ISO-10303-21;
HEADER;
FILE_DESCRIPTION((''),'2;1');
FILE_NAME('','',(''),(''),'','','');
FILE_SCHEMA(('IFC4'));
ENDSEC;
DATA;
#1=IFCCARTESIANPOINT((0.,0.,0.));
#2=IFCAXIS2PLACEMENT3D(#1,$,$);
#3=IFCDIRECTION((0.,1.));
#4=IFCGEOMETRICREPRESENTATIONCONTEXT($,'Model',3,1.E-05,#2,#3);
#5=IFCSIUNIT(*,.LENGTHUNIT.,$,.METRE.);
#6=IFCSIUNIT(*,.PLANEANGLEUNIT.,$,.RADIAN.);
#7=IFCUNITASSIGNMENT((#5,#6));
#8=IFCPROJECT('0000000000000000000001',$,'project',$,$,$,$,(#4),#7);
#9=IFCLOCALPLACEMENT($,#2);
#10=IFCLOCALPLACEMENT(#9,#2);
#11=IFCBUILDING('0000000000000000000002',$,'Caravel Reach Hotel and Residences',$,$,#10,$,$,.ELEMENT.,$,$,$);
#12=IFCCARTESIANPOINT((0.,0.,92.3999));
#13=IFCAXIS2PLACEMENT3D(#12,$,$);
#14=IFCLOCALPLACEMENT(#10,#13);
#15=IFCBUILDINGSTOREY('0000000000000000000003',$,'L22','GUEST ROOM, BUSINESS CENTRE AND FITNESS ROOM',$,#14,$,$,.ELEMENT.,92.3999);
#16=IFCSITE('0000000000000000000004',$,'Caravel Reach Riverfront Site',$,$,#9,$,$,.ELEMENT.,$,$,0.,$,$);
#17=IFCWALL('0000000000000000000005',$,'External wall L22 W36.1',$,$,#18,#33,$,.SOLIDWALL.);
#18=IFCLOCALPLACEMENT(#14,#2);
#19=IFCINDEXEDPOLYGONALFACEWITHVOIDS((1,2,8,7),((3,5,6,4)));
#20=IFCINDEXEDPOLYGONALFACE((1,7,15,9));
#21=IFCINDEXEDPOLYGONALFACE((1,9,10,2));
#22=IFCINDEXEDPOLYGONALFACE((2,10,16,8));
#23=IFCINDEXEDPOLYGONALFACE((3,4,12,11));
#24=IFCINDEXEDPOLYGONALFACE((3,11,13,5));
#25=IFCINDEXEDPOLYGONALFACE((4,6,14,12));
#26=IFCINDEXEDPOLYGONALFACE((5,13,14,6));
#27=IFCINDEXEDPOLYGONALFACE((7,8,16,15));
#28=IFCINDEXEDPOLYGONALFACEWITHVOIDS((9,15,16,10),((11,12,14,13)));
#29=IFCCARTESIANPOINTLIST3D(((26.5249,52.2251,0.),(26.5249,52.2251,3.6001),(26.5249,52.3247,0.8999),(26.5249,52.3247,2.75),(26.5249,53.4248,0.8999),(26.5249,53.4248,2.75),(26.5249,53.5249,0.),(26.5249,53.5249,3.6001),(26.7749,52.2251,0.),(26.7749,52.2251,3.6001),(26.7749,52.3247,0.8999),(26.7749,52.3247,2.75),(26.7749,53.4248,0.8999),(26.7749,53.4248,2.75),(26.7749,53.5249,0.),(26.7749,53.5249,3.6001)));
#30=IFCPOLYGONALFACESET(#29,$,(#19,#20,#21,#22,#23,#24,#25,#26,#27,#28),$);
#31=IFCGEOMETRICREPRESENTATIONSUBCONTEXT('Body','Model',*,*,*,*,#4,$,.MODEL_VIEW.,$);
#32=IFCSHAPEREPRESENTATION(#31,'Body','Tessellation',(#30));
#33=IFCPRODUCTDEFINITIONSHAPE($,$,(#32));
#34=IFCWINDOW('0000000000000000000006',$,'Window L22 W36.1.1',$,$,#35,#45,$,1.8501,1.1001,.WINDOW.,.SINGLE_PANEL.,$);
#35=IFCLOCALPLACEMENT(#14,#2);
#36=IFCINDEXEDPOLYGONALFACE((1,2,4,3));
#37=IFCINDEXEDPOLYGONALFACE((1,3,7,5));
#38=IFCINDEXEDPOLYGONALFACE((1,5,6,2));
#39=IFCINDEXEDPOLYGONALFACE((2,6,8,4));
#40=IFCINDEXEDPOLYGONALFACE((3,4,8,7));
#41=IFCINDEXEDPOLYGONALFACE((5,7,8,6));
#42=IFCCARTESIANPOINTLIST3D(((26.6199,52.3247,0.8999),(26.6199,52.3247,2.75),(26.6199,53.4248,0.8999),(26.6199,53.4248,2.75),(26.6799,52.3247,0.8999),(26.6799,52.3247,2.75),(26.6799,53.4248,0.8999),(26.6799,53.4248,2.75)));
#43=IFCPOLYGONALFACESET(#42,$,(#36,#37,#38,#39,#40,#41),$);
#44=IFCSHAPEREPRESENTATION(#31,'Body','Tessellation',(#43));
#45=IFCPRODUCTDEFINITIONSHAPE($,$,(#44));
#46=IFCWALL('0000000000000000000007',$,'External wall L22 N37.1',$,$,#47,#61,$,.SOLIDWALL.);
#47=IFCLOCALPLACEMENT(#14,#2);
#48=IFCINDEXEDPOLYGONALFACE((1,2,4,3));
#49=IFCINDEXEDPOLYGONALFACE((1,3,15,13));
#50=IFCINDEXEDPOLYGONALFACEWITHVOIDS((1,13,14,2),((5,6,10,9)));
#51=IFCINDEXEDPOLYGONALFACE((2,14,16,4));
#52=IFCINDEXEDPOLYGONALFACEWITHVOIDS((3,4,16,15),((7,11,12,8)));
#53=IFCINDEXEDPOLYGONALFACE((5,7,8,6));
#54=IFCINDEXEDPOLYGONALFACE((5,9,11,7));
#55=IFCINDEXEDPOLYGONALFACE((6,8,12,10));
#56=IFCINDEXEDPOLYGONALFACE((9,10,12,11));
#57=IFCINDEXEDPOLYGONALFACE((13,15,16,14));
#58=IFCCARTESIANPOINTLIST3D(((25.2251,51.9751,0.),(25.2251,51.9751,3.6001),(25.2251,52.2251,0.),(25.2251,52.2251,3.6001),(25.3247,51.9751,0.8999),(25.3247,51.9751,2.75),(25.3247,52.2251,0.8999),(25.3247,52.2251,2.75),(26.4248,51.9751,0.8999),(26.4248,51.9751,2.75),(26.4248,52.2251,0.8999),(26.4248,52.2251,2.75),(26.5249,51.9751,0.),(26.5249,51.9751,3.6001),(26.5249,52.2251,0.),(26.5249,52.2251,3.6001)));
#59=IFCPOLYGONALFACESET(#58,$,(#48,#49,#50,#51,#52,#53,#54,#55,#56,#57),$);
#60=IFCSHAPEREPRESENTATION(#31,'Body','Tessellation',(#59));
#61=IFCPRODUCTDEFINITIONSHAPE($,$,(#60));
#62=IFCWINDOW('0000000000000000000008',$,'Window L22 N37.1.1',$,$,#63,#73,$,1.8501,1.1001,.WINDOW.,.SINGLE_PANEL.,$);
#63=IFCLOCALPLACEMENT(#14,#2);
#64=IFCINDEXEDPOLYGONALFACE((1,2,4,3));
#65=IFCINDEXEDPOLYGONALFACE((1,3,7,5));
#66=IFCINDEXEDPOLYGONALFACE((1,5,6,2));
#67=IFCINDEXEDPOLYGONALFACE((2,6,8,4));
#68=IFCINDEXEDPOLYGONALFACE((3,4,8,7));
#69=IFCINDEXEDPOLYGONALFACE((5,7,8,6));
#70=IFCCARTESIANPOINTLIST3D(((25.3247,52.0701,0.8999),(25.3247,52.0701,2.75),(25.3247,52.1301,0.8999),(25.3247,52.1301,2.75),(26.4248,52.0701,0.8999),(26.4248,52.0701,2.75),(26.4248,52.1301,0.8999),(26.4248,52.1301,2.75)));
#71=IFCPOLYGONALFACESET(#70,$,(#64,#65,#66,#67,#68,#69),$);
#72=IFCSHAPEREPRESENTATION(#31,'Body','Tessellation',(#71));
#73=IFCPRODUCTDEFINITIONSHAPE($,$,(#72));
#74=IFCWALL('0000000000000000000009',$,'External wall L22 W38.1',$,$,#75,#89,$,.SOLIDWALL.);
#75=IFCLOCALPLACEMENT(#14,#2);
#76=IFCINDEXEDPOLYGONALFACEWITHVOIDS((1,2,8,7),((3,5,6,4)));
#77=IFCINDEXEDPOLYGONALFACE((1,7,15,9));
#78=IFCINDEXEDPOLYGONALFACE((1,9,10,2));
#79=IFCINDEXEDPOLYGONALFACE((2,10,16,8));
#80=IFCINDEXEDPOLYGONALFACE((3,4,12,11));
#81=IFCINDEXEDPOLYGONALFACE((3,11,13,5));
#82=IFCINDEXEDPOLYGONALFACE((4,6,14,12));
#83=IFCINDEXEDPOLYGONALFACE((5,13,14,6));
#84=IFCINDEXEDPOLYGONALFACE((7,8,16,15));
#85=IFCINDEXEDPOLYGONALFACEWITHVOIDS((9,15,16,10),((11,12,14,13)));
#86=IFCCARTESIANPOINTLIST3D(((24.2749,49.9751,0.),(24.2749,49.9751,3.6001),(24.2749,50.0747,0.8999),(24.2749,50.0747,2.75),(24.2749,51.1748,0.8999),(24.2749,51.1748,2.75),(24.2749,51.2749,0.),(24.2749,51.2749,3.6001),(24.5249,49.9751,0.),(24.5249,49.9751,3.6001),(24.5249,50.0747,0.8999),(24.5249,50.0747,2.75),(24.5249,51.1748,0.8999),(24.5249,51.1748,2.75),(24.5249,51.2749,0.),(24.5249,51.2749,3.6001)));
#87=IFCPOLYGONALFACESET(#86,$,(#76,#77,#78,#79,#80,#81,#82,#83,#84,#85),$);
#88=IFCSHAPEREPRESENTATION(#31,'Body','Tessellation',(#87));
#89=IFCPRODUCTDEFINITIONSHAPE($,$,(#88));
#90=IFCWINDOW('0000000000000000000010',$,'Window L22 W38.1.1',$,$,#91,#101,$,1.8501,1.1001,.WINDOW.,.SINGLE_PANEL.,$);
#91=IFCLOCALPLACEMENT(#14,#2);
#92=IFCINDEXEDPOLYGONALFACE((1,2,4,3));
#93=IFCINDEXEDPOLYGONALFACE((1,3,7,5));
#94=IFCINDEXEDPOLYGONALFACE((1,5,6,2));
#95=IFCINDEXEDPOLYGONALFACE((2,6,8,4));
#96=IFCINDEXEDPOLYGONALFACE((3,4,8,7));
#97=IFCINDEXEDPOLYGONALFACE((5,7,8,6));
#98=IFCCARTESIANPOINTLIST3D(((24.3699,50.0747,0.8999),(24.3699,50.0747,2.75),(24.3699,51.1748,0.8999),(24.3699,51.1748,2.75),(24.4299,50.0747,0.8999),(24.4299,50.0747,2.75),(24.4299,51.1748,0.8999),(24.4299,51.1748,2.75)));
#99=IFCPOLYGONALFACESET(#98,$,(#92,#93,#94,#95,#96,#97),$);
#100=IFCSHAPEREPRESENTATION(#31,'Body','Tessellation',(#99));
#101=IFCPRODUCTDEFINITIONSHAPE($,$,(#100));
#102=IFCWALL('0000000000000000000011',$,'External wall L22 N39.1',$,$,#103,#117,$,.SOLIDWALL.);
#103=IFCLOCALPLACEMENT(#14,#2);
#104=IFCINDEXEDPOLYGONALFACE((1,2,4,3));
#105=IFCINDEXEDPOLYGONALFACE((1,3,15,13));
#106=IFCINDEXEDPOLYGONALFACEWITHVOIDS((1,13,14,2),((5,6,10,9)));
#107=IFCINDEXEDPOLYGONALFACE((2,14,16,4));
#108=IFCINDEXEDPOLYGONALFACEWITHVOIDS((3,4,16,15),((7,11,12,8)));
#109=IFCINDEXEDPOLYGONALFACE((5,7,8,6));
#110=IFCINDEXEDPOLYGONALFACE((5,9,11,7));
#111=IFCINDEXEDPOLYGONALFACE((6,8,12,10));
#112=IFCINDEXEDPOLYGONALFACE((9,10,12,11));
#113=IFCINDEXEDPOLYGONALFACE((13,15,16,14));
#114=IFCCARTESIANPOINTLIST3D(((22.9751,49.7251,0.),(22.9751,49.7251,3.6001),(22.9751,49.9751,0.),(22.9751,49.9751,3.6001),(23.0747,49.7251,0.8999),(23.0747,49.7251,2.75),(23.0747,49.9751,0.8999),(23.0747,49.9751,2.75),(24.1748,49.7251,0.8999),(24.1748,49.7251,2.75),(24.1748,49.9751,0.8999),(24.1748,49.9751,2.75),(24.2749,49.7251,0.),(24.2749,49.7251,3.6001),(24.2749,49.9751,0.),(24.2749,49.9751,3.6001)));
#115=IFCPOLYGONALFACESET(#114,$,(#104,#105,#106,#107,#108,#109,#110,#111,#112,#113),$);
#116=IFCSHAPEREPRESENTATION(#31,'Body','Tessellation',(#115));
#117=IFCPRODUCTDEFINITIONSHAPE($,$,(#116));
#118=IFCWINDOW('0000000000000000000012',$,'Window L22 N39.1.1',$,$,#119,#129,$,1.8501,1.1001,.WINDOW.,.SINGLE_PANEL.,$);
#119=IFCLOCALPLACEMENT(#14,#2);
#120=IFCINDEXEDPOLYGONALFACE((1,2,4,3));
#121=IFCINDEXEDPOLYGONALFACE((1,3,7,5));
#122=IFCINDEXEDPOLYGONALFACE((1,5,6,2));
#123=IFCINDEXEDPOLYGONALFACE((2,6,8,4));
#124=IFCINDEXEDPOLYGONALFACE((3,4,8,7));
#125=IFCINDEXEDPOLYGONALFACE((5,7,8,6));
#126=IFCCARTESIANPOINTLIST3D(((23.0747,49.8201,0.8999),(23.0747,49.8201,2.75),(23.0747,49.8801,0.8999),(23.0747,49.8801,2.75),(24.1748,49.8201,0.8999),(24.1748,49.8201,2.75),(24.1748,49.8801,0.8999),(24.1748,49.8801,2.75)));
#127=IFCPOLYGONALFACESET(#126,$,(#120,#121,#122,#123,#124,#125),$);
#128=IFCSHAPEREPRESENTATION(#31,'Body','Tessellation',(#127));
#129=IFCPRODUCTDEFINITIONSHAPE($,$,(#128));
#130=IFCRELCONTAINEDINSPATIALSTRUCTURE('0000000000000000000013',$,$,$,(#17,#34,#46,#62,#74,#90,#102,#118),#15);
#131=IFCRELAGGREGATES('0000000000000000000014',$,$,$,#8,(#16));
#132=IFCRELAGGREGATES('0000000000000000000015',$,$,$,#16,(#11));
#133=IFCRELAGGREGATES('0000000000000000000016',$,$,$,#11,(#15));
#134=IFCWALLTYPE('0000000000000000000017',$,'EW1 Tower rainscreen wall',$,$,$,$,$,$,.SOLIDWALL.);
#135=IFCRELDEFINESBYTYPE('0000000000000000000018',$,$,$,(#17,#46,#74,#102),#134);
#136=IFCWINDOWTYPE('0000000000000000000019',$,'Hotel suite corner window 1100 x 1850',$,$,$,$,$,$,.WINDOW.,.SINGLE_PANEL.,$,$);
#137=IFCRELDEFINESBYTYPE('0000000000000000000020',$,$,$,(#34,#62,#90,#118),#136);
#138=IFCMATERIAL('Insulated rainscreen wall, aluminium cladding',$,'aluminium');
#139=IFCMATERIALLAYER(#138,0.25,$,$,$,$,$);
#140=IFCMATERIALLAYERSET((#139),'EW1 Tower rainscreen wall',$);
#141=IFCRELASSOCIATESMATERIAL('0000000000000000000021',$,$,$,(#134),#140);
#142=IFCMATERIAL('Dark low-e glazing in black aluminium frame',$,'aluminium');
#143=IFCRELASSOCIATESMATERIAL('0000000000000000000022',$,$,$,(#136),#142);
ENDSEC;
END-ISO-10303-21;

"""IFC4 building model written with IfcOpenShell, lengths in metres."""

from ifc_helpers import new_model, si_unit, direction, frame, frame_2d, origin, place, context, subcontext, project, spatial, rectangle, extrude, material, layer, layer_set, type_object, element, fill, save


model = new_model("IFC4")

# Units and contexts
model_context = context("Model", 3, precision=1e-05, world=origin(), true_north=direction((0.0, 1.0)))
body_context = subcontext(model_context, "Body", "Model", "MODEL_VIEW")
ifc_project = project(units=[si_unit("LENGTHUNIT", "METRE"), si_unit("PLANEANGLEUNIT", "RADIAN")], contexts=[model_context])

# Site, building, storey
site_placement = place(None, origin())
site = spatial("IfcSite", under=ifc_project, at=site_placement, Name="Caravel Reach Riverfront Site", CompositionType="ELEMENT", RefElevation=0.0)
building_placement = place(site_placement, origin())
building = spatial("IfcBuilding", under=site, at=building_placement, Name="Caravel Reach Hotel and Residences", CompositionType="ELEMENT")
storey_placement = place(building_placement, frame((0.0, 0.0, 92.3999)))
storey = spatial("IfcBuildingStorey", under=building, at=storey_placement, Name="L22", Description="GUEST ROOM, BUSINESS CENTRE AND FITNESS ROOM", CompositionType="ELEMENT", Elevation=92.3999)

# Walls, openings, windows
ifc_material_1 = material(Name="Insulated rainscreen wall, aluminium cladding", Category="aluminium")
ifc_layer_1 = layer(ifc_material_1, 0.25)
ifc_layer_set_1 = layer_set([ifc_layer_1], Name="EW1 Tower rainscreen wall")
wall_type_1 = type_object("IfcWallType", Name="EW1 Tower rainscreen wall", PredefinedType="SOLIDWALL", material=ifc_layer_set_1)
wall_1_placement = place(storey_placement, frame((26.6499, 53.5249, 0.0), z_axis=(0.0, 0.0, 1.0), x_axis=(0.0, -1.0, 0.0)))
wall_1 = element("IfcWall", 1, at=wall_1_placement, inside=storey, type_object=wall_type_1, Name="External wall L22 W36.1", PredefinedType="SOLIDWALL", context=body_context, shape_type="SweptSolid", body=[
    extrude(rectangle(XDim=1.2998, YDim=0.25, at=frame_2d((0.6499, 0.0))), origin(), (0.0, 0.0, 1.0), 3.6001),
])
opening_1_placement = place(wall_1_placement, frame((0.1001, 0.0, 0.8999)))
opening_1 = element("IfcOpeningElement", 2, at=opening_1_placement, cuts=wall_1, PredefinedType="OPENING", context=body_context, shape_type="SweptSolid", body=[
    extrude(rectangle(XDim=1.1001, YDim=1.8501, at=frame_2d((0.55, 0.925))), frame((0.0, 0.135, 0.0), z_axis=(0.0, -1.0, 0.0), x_axis=(1.0, 0.0, 0.0)), (0.0, 0.0, 1.0), 0.27),
])
ifc_material_2 = material(Name="Dark low-e glazing in black aluminium frame", Category="aluminium")
window_type_1 = type_object("IfcWindowType", Name="Hotel suite corner window 1100 x 1850", PartitioningType="SINGLE_PANEL", PredefinedType="WINDOW", material=ifc_material_2)
window_1_placement = place(opening_1_placement, origin())
window_1 = element("IfcWindow", 3, at=window_1_placement, inside=storey, type_object=window_type_1, Name="Window L22 W36.1.1", OverallHeight=1.8501, OverallWidth=1.1001, PartitioningType="SINGLE_PANEL", PredefinedType="WINDOW", context=body_context, shape_type="SweptSolid", body=[
    extrude(rectangle(XDim=1.1001, YDim=1.8501, at=frame_2d((0.55, 0.925))), frame((0.0, 0.03, 0.0), z_axis=(0.0, -1.0, 0.0), x_axis=(1.0, 0.0, 0.0)), (0.0, 0.0, 1.0), 0.0601),
])
fill(opening_1, window_1)
wall_2_placement = place(storey_placement, frame((26.5249, 52.1001, 0.0), z_axis=(0.0, 0.0, 1.0), x_axis=(-1.0, 0.0, 0.0)))
wall_2 = element("IfcWall", 4, at=wall_2_placement, inside=storey, type_object=wall_type_1, Name="External wall L22 N37.1", PredefinedType="SOLIDWALL", context=body_context, shape_type="SweptSolid", body=[
    extrude(rectangle(XDim=1.2998, YDim=0.25, at=frame_2d((0.6499, 0.0))), origin(), (0.0, 0.0, 1.0), 3.6001),
])
opening_2_placement = place(wall_2_placement, frame((0.1001, 0.0, 0.8999)))
opening_2 = element("IfcOpeningElement", 5, at=opening_2_placement, cuts=wall_2, PredefinedType="OPENING", context=body_context, shape_type="SweptSolid", body=[
    extrude(rectangle(XDim=1.1001, YDim=1.8501, at=frame_2d((0.55, 0.925))), frame((0.0, 0.135, 0.0), z_axis=(0.0, -1.0, 0.0), x_axis=(1.0, 0.0, 0.0)), (0.0, 0.0, 1.0), 0.27),
])
window_2_placement = place(opening_2_placement, origin())
window_2 = element("IfcWindow", 6, at=window_2_placement, inside=storey, type_object=window_type_1, Name="Window L22 N37.1.1", OverallHeight=1.8501, OverallWidth=1.1001, PartitioningType="SINGLE_PANEL", PredefinedType="WINDOW", context=body_context, shape_type="SweptSolid", body=[
    extrude(rectangle(XDim=1.1001, YDim=1.8501, at=frame_2d((0.55, 0.925))), frame((0.0, 0.03, 0.0), z_axis=(0.0, -1.0, 0.0), x_axis=(1.0, 0.0, 0.0)), (0.0, 0.0, 1.0), 0.0601),
])
fill(opening_2, window_2)
wall_3_placement = place(storey_placement, frame((24.3999, 51.2749, 0.0), z_axis=(0.0, 0.0, 1.0), x_axis=(0.0, -1.0, 0.0)))
wall_3 = element("IfcWall", 7, at=wall_3_placement, inside=storey, type_object=wall_type_1, Name="External wall L22 W38.1", PredefinedType="SOLIDWALL", context=body_context, shape_type="SweptSolid", body=[
    extrude(rectangle(XDim=1.2998, YDim=0.25, at=frame_2d((0.6499, 0.0))), origin(), (0.0, 0.0, 1.0), 3.6001),
])
opening_3_placement = place(wall_3_placement, frame((0.1001, 0.0, 0.8999)))
opening_3 = element("IfcOpeningElement", 8, at=opening_3_placement, cuts=wall_3, PredefinedType="OPENING", context=body_context, shape_type="SweptSolid", body=[
    extrude(rectangle(XDim=1.1001, YDim=1.8501, at=frame_2d((0.55, 0.925))), frame((0.0, 0.135, 0.0), z_axis=(0.0, -1.0, 0.0), x_axis=(1.0, 0.0, 0.0)), (0.0, 0.0, 1.0), 0.27),
])
window_3_placement = place(opening_3_placement, origin())
window_3 = element("IfcWindow", 9, at=window_3_placement, inside=storey, type_object=window_type_1, Name="Window L22 W38.1.1", OverallHeight=1.8501, OverallWidth=1.1001, PartitioningType="SINGLE_PANEL", PredefinedType="WINDOW", context=body_context, shape_type="SweptSolid", body=[
    extrude(rectangle(XDim=1.1001, YDim=1.8501, at=frame_2d((0.55, 0.925))), frame((0.0, 0.03, 0.0), z_axis=(0.0, -1.0, 0.0), x_axis=(1.0, 0.0, 0.0)), (0.0, 0.0, 1.0), 0.0601),
])
fill(opening_3, window_3)
wall_4_placement = place(storey_placement, frame((24.2749, 49.8501, 0.0), z_axis=(0.0, 0.0, 1.0), x_axis=(-1.0, 0.0, 0.0)))
wall_4 = element("IfcWall", 10, at=wall_4_placement, inside=storey, type_object=wall_type_1, Name="External wall L22 N39.1", PredefinedType="SOLIDWALL", context=body_context, shape_type="SweptSolid", body=[
    extrude(rectangle(XDim=1.2998, YDim=0.25, at=frame_2d((0.6499, 0.0))), origin(), (0.0, 0.0, 1.0), 3.6001),
])
opening_4_placement = place(wall_4_placement, frame((0.1001, 0.0, 0.8999)))
opening_4 = element("IfcOpeningElement", 11, at=opening_4_placement, cuts=wall_4, PredefinedType="OPENING", context=body_context, shape_type="SweptSolid", body=[
    extrude(rectangle(XDim=1.1001, YDim=1.8501, at=frame_2d((0.55, 0.925))), frame((0.0, 0.135, 0.0), z_axis=(0.0, -1.0, 0.0), x_axis=(1.0, 0.0, 0.0)), (0.0, 0.0, 1.0), 0.27),
])
window_4_placement = place(opening_4_placement, origin())
window_4 = element("IfcWindow", 12, at=window_4_placement, inside=storey, type_object=window_type_1, Name="Window L22 N39.1.1", OverallHeight=1.8501, OverallWidth=1.1001, PartitioningType="SINGLE_PANEL", PredefinedType="WINDOW", context=body_context, shape_type="SweptSolid", body=[
    extrude(rectangle(XDim=1.1001, YDim=1.8501, at=frame_2d((0.55, 0.925))), frame((0.0, 0.03, 0.0), z_axis=(0.0, -1.0, 0.0), x_axis=(1.0, 0.0, 0.0)), (0.0, 0.0, 1.0), 0.0601),
])
fill(opening_4, window_4)

save(model, "model.ifc")
